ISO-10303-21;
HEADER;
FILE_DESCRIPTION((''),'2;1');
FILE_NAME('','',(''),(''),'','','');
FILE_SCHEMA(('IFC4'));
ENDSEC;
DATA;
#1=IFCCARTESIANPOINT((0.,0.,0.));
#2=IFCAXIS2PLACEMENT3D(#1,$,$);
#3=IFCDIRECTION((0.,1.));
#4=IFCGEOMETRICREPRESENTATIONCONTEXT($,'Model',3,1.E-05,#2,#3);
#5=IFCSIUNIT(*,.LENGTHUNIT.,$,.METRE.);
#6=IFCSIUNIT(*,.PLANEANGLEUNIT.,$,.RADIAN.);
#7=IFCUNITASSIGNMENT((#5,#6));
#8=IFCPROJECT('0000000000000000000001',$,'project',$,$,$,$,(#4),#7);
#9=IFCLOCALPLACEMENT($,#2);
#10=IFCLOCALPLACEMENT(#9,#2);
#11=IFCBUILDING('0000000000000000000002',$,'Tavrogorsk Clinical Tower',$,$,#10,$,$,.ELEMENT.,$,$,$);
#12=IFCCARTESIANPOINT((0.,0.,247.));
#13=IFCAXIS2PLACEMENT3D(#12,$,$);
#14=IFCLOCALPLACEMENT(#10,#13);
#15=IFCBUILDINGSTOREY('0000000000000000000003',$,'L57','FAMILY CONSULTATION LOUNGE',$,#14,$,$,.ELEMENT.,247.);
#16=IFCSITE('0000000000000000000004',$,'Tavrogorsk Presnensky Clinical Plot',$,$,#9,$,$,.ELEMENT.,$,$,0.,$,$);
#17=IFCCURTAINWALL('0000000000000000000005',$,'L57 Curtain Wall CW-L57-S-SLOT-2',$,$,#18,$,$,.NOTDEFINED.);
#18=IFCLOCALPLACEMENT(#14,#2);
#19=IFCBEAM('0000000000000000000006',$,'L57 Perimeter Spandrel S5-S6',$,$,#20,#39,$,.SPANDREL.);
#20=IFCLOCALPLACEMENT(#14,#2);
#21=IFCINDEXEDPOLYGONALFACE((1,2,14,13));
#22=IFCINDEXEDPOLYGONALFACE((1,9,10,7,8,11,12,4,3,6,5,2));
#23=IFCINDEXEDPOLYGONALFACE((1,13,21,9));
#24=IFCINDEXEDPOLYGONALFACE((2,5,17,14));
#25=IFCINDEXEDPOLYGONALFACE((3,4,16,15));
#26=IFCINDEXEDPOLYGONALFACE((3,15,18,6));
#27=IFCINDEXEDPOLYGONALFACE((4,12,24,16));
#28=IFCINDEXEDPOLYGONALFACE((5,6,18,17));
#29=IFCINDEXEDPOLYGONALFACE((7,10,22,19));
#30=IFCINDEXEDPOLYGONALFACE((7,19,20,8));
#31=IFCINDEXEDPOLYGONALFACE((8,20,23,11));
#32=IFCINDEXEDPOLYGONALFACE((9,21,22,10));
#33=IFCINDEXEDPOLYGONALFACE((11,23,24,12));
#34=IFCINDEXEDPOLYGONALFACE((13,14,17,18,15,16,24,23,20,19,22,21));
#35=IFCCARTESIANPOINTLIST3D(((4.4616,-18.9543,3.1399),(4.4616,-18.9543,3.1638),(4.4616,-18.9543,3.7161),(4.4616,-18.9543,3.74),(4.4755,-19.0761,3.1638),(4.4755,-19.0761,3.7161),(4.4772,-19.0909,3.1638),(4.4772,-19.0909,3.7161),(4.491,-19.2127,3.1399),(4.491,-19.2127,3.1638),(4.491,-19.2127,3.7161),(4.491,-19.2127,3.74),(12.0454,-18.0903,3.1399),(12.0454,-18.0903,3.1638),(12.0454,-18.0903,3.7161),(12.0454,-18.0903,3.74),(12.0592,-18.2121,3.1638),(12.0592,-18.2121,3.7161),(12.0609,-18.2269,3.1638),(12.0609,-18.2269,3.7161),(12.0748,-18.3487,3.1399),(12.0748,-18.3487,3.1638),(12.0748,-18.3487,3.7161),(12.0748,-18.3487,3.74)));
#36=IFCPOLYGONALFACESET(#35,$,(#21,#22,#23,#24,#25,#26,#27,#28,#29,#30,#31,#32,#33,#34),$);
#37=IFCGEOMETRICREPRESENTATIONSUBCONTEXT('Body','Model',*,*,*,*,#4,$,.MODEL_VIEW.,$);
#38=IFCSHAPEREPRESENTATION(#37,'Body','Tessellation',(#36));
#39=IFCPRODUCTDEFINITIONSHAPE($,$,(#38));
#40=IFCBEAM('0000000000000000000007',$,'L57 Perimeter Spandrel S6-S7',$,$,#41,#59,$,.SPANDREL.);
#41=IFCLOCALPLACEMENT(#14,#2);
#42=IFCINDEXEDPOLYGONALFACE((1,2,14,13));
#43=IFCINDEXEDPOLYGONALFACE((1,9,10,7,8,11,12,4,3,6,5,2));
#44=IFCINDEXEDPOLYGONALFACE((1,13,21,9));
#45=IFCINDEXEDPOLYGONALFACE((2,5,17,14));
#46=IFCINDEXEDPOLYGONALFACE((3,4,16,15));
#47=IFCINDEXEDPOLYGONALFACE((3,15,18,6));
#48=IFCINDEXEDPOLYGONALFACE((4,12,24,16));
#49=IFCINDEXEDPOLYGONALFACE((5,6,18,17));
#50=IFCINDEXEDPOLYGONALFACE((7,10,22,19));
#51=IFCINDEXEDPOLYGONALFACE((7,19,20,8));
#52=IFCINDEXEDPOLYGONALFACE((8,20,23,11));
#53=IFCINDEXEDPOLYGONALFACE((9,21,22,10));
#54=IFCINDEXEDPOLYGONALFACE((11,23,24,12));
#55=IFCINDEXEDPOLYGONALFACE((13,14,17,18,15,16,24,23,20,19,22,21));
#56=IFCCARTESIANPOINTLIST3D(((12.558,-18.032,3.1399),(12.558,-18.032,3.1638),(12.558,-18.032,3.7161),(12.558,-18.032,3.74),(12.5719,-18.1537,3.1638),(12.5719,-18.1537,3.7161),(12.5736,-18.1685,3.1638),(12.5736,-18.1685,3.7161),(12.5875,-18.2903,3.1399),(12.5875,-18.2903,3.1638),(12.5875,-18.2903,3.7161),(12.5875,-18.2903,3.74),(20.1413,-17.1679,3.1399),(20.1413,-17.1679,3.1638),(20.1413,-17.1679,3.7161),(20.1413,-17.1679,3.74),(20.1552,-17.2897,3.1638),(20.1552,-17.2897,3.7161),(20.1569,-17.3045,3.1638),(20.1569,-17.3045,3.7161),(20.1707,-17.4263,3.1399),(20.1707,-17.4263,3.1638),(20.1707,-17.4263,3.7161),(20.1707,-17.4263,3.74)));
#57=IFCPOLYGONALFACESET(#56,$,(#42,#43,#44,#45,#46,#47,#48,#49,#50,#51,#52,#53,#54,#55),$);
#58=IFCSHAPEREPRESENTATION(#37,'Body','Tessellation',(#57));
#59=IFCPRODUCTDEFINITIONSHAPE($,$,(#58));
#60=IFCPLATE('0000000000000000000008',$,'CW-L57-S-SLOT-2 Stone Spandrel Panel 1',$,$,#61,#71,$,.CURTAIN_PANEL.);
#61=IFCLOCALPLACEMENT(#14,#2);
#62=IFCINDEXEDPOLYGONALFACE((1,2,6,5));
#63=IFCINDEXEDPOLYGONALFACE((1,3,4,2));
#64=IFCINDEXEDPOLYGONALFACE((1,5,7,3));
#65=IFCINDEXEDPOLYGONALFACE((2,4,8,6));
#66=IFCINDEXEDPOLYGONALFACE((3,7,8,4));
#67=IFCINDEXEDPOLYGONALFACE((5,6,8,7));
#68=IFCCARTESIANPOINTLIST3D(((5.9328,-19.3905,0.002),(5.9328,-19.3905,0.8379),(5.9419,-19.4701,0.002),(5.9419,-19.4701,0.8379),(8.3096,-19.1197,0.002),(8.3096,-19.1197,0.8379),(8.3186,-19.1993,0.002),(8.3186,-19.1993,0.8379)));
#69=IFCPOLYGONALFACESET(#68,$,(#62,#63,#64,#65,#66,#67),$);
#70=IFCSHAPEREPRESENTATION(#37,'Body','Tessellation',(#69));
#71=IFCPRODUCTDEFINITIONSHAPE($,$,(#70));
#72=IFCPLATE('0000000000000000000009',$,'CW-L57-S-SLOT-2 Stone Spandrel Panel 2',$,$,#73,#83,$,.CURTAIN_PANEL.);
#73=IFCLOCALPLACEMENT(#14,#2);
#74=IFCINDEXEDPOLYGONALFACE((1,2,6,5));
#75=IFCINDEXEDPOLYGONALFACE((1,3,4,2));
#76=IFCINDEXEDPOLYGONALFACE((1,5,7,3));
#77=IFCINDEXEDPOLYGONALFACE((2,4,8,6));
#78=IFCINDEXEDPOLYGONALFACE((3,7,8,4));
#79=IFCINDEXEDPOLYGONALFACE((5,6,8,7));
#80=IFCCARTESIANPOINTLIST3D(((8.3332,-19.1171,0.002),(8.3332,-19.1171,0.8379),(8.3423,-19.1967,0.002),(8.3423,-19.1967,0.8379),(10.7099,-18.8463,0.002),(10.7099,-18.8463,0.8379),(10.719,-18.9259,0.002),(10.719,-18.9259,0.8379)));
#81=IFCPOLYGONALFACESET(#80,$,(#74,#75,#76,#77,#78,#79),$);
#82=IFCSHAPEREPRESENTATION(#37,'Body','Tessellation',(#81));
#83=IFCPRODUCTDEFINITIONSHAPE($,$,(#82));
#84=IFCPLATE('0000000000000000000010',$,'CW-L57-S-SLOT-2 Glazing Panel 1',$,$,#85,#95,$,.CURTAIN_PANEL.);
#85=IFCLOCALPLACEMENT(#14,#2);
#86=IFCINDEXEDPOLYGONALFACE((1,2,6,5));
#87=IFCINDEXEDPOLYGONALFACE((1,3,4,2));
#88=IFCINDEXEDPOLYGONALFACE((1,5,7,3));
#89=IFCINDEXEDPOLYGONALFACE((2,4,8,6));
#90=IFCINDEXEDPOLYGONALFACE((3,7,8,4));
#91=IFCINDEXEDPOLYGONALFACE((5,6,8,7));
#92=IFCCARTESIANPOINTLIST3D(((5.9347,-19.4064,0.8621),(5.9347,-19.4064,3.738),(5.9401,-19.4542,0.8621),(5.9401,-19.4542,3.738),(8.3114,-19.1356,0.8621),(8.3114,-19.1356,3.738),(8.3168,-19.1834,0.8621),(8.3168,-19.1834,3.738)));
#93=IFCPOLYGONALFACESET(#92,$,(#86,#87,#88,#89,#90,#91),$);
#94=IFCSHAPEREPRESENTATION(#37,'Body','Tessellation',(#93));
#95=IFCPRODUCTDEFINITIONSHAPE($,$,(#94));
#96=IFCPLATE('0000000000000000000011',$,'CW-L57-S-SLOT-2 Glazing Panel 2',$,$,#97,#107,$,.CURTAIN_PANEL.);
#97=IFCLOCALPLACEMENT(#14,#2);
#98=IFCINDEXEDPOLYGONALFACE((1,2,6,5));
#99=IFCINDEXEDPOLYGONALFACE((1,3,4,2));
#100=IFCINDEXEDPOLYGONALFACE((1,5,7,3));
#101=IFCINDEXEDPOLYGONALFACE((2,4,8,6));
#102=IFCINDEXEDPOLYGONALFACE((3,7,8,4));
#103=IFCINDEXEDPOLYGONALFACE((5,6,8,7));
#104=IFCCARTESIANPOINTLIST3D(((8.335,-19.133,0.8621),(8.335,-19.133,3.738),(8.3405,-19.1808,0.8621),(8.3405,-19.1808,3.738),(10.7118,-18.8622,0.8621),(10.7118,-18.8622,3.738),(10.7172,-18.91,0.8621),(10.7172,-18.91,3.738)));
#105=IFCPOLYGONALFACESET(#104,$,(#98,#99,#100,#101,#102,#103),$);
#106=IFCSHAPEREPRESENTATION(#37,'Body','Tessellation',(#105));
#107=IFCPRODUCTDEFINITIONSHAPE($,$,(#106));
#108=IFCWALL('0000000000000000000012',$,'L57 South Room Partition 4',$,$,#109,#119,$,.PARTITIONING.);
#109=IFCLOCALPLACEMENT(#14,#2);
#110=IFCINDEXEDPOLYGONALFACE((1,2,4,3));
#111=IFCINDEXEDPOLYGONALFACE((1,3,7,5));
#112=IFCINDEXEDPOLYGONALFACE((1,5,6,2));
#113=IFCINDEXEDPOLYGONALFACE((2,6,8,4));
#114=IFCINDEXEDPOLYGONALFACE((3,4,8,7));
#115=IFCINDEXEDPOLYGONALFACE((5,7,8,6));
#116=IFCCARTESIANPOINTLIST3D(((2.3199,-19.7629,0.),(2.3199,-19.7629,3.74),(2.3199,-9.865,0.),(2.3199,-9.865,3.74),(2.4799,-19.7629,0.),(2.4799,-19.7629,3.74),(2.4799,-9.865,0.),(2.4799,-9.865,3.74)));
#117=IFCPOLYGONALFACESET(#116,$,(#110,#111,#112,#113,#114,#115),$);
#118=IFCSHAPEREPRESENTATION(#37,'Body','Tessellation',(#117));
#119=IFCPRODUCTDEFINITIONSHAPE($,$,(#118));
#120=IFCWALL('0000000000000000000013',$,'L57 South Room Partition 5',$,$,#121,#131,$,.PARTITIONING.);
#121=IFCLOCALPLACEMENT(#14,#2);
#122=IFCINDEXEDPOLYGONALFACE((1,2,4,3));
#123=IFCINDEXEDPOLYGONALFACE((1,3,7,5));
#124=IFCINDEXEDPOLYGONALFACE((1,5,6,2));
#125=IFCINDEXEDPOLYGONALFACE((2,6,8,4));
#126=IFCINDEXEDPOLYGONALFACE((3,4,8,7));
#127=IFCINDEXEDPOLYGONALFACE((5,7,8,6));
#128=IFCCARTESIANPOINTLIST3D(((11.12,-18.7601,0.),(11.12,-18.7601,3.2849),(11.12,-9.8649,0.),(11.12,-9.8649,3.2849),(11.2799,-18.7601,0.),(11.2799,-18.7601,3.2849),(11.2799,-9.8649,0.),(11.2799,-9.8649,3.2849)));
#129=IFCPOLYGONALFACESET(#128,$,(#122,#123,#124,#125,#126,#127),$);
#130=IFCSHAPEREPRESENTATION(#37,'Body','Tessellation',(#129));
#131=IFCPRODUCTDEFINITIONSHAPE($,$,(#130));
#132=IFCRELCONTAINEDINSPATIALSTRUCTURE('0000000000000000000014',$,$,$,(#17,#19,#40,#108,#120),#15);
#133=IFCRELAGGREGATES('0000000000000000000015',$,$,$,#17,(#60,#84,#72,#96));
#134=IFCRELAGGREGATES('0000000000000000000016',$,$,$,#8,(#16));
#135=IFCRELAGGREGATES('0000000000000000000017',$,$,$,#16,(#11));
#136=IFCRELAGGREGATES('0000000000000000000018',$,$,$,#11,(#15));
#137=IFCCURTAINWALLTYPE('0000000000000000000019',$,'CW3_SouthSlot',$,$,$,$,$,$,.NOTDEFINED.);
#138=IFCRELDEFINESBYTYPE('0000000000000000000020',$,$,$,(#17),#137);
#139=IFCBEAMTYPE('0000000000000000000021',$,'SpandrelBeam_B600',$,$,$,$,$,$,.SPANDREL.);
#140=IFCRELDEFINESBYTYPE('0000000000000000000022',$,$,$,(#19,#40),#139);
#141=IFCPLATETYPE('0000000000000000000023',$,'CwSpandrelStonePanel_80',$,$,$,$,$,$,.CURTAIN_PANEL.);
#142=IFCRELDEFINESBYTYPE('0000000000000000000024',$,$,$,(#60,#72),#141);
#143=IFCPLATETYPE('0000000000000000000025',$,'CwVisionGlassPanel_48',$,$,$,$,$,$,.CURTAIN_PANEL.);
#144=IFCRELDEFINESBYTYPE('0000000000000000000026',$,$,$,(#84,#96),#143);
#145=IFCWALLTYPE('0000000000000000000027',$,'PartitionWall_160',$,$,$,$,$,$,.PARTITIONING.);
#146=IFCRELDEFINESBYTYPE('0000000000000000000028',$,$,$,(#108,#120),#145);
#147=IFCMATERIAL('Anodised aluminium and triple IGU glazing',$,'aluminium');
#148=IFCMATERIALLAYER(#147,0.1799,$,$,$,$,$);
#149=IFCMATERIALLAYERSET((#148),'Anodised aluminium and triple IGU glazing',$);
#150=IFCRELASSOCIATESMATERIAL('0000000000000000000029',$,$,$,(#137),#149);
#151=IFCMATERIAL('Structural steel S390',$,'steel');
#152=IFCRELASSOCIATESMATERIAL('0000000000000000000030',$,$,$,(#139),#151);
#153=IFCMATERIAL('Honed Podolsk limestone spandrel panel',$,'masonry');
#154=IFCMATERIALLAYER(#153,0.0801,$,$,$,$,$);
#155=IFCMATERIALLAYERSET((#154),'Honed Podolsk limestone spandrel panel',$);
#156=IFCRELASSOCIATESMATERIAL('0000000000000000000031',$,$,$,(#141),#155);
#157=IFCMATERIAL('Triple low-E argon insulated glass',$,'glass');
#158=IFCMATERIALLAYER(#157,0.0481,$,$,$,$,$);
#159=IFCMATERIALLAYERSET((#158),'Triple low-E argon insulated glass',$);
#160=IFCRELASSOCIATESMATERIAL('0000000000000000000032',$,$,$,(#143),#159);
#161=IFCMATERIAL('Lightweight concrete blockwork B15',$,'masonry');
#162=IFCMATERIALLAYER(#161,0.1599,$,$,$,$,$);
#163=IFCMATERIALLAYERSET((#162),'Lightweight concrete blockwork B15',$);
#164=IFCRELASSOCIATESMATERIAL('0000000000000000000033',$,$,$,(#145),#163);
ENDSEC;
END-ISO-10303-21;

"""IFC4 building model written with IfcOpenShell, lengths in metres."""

from ifc_helpers import new_model, si_unit, direction, frame, frame_2d, origin, origin_2d, place, context, subcontext, project, spatial, rectangle, i_section, extrude, material, layer, layer_set, material_profile, profile_set, type_object, element, aggregate, save


model = new_model("IFC4")

# Units and contexts
model_context = context("Model", 3, precision=1e-05, world=origin(), true_north=direction((0.0, 1.0)))
body_context = subcontext(model_context, "Body", "Model", "MODEL_VIEW")
ifc_project = project(units=[si_unit("LENGTHUNIT", "METRE"), si_unit("PLANEANGLEUNIT", "RADIAN")], contexts=[model_context])

# Site, building, storey
site_placement = place(None, origin())
site = spatial("IfcSite", under=ifc_project, at=site_placement, Name="Tavrogorsk Presnensky Clinical Plot", CompositionType="ELEMENT", RefElevation=0.0)
building_placement = place(site_placement, origin())
building = spatial("IfcBuilding", under=site, at=building_placement, Name="Tavrogorsk Clinical Tower", CompositionType="ELEMENT")
storey_placement = place(building_placement, frame((0.0, 0.0, 247.0)))
storey = spatial("IfcBuildingStorey", under=building, at=storey_placement, Name="L57", Description="FAMILY CONSULTATION LOUNGE", CompositionType="ELEMENT", Elevation=247.0)

# Curtain wall
ifc_material_1 = material(Name="Anodised aluminium and triple IGU glazing", Category="aluminium")
ifc_layer_1 = layer(ifc_material_1, 0.1799)
ifc_layer_set_1 = layer_set([ifc_layer_1], Name="Anodised aluminium and triple IGU glazing")
curtain_wall_type = type_object("IfcCurtainWallType", Name="CW3_SouthSlot", PredefinedType="NOTDEFINED", material=ifc_layer_set_1)
curtain_wall_placement = place(storey_placement, origin())
curtain_wall = element("IfcCurtainWall", 1, at=curtain_wall_placement, inside=storey, type_object=curtain_wall_type, Name="L57 Curtain Wall CW-L57-S-SLOT-2", PredefinedType="NOTDEFINED")

# Beams
ifc_material_2 = material(Name="Structural steel S390", Category="steel")
ifc_material_profile_1 = material_profile(ifc_material_2, i_section(OverallWidth=0.26, OverallDepth=0.6001, WebThickness=0.0149, FlangeThickness=0.0239, at=origin_2d()), Name="B-600x260x15x24")
ifc_profile_set_1 = profile_set([ifc_material_profile_1], Name="Structural steel S390")
beam_type = type_object("IfcBeamType", Name="SpandrelBeam_B600", PredefinedType="SPANDREL", material=ifc_profile_set_1)
beam_1_placement = place(storey_placement, frame((4.4763, -19.0835, 3.4399), z_axis=(0.993573, 0.113197, 0.0), x_axis=(-0.113197, 0.993573, 0.0)))
element("IfcBeam", 2, at=beam_1_placement, inside=storey, type_object=beam_type, Name="L57 Perimeter Spandrel S5-S6", PredefinedType="SPANDREL", context=body_context, shape_type="SweptSolid", body=[
    extrude(i_section(OverallWidth=0.26, OverallDepth=0.6001, WebThickness=0.0149, FlangeThickness=0.0239, at=origin_2d()), origin(), (0.0, 0.0, 1.0), 7.6328),
])
beam_2_placement = place(storey_placement, frame((12.5728, -18.1611, 3.4399), z_axis=(0.993572, 0.113205, 0.0), x_axis=(-0.113205, 0.993572, 0.0)))
element("IfcBeam", 3, at=beam_2_placement, inside=storey, type_object=beam_type, Name="L57 Perimeter Spandrel S6-S7", PredefinedType="SPANDREL", context=body_context, shape_type="SweptSolid", body=[
    extrude(i_section(OverallWidth=0.26, OverallDepth=0.6001, WebThickness=0.0149, FlangeThickness=0.0239, at=origin_2d()), origin(), (0.0, 0.0, 1.0), 7.6323),
])

# Plates
ifc_material_3 = material(Name="Honed Podolsk limestone spandrel panel", Category="masonry")
ifc_layer_2 = layer(ifc_material_3, 0.0801)
ifc_layer_set_2 = layer_set([ifc_layer_2], Name="Honed Podolsk limestone spandrel panel")
plate_type_1 = type_object("IfcPlateType", Name="CwSpandrelStonePanel_80", PredefinedType="CURTAIN_PANEL", material=ifc_layer_set_2)
plate_1_placement = place(storey_placement, frame((7.1257, -19.2949, 0.002), z_axis=(0.0, 0.0, 1.0), x_axis=(0.993572, 0.113203, 0.0)))
plate_1 = element("IfcPlate", 4, at=plate_1_placement, type_object=plate_type_1, Name="CW-L57-S-SLOT-2 Stone Spandrel Panel 1", PredefinedType="CURTAIN_PANEL", context=body_context, shape_type="SweptSolid", body=[
    extrude(rectangle(XDim=2.3921, YDim=0.0801, at=origin_2d()), origin(), (0.0, 0.0, 1.0), 0.8359),
])
plate_2_placement = place(storey_placement, frame((9.5261, -19.0215, 0.002), z_axis=(0.0, 0.0, 1.0), x_axis=(0.993572, 0.113203, 0.0)))
plate_2 = element("IfcPlate", 5, at=plate_2_placement, type_object=plate_type_1, Name="CW-L57-S-SLOT-2 Stone Spandrel Panel 2", PredefinedType="CURTAIN_PANEL", context=body_context, shape_type="SweptSolid", body=[
    extrude(rectangle(XDim=2.3921, YDim=0.0801, at=origin_2d()), origin(), (0.0, 0.0, 1.0), 0.8359),
])
ifc_material_4 = material(Name="Triple low-E argon insulated glass", Category="glass")
ifc_layer_3 = layer(ifc_material_4, 0.0481)
ifc_layer_set_3 = layer_set([ifc_layer_3], Name="Triple low-E argon insulated glass")
plate_type_2 = type_object("IfcPlateType", Name="CwVisionGlassPanel_48", PredefinedType="CURTAIN_PANEL", material=ifc_layer_set_3)
plate_3_placement = place(storey_placement, frame((7.1257, -19.2949, 0.8621), z_axis=(0.0, 0.0, 1.0), x_axis=(0.993572, 0.113203, 0.0)))
plate_3 = element("IfcPlate", 6, at=plate_3_placement, type_object=plate_type_2, Name="CW-L57-S-SLOT-2 Glazing Panel 1", PredefinedType="CURTAIN_PANEL", context=body_context, shape_type="SweptSolid", body=[
    extrude(rectangle(XDim=2.3921, YDim=0.0481, at=origin_2d()), origin(), (0.0, 0.0, 1.0), 2.876),
])
plate_4_placement = place(storey_placement, frame((9.5261, -19.0215, 0.8621), z_axis=(0.0, 0.0, 1.0), x_axis=(0.993572, 0.113203, 0.0)))
plate_4 = element("IfcPlate", 7, at=plate_4_placement, type_object=plate_type_2, Name="CW-L57-S-SLOT-2 Glazing Panel 2", PredefinedType="CURTAIN_PANEL", context=body_context, shape_type="SweptSolid", body=[
    extrude(rectangle(XDim=2.3921, YDim=0.0481, at=origin_2d()), origin(), (0.0, 0.0, 1.0), 2.876),
])
aggregate(curtain_wall, [plate_1, plate_3, plate_2, plate_4])

# Walls
ifc_material_5 = material(Name="Lightweight concrete blockwork B15", Category="masonry")
ifc_layer_4 = layer(ifc_material_5, 0.1599)
ifc_layer_set_4 = layer_set([ifc_layer_4], Name="Lightweight concrete blockwork B15")
wall_type_1 = type_object("IfcWallType", Name="PartitionWall_160", PredefinedType="PARTITIONING", material=ifc_layer_set_4)
wall_1_placement = place(storey_placement, frame((2.3999, -19.7629, 0.0), z_axis=(0.0, 0.0, 1.0), x_axis=(0.0, 1.0, 0.0)))
element("IfcWall", 8, at=wall_1_placement, inside=storey, type_object=wall_type_1, Name="L57 South Room Partition 4", PredefinedType="PARTITIONING", context=body_context, shape_type="SweptSolid", body=[
    extrude(rectangle(XDim=9.8979, YDim=0.1599, at=frame_2d((4.949, 0.0))), origin(), (0.0, 0.0, 1.0), 3.74),
])
wall_2_placement = place(storey_placement, frame((11.2, -18.7603, 0.0), z_axis=(0.0, 0.0, 1.0), x_axis=(0.0, 1.0, 0.0)))
element("IfcWall", 9, at=wall_2_placement, inside=storey, type_object=wall_type_1, Name="L57 South Room Partition 5", PredefinedType="PARTITIONING", context=body_context, shape_type="SweptSolid", body=[
    extrude(rectangle(XDim=8.8953, YDim=0.1599, at=frame_2d((4.4478, 0.0))), origin(), (0.0, 0.0, 1.0), 3.2849),
])

save(model, "model.ifc")
